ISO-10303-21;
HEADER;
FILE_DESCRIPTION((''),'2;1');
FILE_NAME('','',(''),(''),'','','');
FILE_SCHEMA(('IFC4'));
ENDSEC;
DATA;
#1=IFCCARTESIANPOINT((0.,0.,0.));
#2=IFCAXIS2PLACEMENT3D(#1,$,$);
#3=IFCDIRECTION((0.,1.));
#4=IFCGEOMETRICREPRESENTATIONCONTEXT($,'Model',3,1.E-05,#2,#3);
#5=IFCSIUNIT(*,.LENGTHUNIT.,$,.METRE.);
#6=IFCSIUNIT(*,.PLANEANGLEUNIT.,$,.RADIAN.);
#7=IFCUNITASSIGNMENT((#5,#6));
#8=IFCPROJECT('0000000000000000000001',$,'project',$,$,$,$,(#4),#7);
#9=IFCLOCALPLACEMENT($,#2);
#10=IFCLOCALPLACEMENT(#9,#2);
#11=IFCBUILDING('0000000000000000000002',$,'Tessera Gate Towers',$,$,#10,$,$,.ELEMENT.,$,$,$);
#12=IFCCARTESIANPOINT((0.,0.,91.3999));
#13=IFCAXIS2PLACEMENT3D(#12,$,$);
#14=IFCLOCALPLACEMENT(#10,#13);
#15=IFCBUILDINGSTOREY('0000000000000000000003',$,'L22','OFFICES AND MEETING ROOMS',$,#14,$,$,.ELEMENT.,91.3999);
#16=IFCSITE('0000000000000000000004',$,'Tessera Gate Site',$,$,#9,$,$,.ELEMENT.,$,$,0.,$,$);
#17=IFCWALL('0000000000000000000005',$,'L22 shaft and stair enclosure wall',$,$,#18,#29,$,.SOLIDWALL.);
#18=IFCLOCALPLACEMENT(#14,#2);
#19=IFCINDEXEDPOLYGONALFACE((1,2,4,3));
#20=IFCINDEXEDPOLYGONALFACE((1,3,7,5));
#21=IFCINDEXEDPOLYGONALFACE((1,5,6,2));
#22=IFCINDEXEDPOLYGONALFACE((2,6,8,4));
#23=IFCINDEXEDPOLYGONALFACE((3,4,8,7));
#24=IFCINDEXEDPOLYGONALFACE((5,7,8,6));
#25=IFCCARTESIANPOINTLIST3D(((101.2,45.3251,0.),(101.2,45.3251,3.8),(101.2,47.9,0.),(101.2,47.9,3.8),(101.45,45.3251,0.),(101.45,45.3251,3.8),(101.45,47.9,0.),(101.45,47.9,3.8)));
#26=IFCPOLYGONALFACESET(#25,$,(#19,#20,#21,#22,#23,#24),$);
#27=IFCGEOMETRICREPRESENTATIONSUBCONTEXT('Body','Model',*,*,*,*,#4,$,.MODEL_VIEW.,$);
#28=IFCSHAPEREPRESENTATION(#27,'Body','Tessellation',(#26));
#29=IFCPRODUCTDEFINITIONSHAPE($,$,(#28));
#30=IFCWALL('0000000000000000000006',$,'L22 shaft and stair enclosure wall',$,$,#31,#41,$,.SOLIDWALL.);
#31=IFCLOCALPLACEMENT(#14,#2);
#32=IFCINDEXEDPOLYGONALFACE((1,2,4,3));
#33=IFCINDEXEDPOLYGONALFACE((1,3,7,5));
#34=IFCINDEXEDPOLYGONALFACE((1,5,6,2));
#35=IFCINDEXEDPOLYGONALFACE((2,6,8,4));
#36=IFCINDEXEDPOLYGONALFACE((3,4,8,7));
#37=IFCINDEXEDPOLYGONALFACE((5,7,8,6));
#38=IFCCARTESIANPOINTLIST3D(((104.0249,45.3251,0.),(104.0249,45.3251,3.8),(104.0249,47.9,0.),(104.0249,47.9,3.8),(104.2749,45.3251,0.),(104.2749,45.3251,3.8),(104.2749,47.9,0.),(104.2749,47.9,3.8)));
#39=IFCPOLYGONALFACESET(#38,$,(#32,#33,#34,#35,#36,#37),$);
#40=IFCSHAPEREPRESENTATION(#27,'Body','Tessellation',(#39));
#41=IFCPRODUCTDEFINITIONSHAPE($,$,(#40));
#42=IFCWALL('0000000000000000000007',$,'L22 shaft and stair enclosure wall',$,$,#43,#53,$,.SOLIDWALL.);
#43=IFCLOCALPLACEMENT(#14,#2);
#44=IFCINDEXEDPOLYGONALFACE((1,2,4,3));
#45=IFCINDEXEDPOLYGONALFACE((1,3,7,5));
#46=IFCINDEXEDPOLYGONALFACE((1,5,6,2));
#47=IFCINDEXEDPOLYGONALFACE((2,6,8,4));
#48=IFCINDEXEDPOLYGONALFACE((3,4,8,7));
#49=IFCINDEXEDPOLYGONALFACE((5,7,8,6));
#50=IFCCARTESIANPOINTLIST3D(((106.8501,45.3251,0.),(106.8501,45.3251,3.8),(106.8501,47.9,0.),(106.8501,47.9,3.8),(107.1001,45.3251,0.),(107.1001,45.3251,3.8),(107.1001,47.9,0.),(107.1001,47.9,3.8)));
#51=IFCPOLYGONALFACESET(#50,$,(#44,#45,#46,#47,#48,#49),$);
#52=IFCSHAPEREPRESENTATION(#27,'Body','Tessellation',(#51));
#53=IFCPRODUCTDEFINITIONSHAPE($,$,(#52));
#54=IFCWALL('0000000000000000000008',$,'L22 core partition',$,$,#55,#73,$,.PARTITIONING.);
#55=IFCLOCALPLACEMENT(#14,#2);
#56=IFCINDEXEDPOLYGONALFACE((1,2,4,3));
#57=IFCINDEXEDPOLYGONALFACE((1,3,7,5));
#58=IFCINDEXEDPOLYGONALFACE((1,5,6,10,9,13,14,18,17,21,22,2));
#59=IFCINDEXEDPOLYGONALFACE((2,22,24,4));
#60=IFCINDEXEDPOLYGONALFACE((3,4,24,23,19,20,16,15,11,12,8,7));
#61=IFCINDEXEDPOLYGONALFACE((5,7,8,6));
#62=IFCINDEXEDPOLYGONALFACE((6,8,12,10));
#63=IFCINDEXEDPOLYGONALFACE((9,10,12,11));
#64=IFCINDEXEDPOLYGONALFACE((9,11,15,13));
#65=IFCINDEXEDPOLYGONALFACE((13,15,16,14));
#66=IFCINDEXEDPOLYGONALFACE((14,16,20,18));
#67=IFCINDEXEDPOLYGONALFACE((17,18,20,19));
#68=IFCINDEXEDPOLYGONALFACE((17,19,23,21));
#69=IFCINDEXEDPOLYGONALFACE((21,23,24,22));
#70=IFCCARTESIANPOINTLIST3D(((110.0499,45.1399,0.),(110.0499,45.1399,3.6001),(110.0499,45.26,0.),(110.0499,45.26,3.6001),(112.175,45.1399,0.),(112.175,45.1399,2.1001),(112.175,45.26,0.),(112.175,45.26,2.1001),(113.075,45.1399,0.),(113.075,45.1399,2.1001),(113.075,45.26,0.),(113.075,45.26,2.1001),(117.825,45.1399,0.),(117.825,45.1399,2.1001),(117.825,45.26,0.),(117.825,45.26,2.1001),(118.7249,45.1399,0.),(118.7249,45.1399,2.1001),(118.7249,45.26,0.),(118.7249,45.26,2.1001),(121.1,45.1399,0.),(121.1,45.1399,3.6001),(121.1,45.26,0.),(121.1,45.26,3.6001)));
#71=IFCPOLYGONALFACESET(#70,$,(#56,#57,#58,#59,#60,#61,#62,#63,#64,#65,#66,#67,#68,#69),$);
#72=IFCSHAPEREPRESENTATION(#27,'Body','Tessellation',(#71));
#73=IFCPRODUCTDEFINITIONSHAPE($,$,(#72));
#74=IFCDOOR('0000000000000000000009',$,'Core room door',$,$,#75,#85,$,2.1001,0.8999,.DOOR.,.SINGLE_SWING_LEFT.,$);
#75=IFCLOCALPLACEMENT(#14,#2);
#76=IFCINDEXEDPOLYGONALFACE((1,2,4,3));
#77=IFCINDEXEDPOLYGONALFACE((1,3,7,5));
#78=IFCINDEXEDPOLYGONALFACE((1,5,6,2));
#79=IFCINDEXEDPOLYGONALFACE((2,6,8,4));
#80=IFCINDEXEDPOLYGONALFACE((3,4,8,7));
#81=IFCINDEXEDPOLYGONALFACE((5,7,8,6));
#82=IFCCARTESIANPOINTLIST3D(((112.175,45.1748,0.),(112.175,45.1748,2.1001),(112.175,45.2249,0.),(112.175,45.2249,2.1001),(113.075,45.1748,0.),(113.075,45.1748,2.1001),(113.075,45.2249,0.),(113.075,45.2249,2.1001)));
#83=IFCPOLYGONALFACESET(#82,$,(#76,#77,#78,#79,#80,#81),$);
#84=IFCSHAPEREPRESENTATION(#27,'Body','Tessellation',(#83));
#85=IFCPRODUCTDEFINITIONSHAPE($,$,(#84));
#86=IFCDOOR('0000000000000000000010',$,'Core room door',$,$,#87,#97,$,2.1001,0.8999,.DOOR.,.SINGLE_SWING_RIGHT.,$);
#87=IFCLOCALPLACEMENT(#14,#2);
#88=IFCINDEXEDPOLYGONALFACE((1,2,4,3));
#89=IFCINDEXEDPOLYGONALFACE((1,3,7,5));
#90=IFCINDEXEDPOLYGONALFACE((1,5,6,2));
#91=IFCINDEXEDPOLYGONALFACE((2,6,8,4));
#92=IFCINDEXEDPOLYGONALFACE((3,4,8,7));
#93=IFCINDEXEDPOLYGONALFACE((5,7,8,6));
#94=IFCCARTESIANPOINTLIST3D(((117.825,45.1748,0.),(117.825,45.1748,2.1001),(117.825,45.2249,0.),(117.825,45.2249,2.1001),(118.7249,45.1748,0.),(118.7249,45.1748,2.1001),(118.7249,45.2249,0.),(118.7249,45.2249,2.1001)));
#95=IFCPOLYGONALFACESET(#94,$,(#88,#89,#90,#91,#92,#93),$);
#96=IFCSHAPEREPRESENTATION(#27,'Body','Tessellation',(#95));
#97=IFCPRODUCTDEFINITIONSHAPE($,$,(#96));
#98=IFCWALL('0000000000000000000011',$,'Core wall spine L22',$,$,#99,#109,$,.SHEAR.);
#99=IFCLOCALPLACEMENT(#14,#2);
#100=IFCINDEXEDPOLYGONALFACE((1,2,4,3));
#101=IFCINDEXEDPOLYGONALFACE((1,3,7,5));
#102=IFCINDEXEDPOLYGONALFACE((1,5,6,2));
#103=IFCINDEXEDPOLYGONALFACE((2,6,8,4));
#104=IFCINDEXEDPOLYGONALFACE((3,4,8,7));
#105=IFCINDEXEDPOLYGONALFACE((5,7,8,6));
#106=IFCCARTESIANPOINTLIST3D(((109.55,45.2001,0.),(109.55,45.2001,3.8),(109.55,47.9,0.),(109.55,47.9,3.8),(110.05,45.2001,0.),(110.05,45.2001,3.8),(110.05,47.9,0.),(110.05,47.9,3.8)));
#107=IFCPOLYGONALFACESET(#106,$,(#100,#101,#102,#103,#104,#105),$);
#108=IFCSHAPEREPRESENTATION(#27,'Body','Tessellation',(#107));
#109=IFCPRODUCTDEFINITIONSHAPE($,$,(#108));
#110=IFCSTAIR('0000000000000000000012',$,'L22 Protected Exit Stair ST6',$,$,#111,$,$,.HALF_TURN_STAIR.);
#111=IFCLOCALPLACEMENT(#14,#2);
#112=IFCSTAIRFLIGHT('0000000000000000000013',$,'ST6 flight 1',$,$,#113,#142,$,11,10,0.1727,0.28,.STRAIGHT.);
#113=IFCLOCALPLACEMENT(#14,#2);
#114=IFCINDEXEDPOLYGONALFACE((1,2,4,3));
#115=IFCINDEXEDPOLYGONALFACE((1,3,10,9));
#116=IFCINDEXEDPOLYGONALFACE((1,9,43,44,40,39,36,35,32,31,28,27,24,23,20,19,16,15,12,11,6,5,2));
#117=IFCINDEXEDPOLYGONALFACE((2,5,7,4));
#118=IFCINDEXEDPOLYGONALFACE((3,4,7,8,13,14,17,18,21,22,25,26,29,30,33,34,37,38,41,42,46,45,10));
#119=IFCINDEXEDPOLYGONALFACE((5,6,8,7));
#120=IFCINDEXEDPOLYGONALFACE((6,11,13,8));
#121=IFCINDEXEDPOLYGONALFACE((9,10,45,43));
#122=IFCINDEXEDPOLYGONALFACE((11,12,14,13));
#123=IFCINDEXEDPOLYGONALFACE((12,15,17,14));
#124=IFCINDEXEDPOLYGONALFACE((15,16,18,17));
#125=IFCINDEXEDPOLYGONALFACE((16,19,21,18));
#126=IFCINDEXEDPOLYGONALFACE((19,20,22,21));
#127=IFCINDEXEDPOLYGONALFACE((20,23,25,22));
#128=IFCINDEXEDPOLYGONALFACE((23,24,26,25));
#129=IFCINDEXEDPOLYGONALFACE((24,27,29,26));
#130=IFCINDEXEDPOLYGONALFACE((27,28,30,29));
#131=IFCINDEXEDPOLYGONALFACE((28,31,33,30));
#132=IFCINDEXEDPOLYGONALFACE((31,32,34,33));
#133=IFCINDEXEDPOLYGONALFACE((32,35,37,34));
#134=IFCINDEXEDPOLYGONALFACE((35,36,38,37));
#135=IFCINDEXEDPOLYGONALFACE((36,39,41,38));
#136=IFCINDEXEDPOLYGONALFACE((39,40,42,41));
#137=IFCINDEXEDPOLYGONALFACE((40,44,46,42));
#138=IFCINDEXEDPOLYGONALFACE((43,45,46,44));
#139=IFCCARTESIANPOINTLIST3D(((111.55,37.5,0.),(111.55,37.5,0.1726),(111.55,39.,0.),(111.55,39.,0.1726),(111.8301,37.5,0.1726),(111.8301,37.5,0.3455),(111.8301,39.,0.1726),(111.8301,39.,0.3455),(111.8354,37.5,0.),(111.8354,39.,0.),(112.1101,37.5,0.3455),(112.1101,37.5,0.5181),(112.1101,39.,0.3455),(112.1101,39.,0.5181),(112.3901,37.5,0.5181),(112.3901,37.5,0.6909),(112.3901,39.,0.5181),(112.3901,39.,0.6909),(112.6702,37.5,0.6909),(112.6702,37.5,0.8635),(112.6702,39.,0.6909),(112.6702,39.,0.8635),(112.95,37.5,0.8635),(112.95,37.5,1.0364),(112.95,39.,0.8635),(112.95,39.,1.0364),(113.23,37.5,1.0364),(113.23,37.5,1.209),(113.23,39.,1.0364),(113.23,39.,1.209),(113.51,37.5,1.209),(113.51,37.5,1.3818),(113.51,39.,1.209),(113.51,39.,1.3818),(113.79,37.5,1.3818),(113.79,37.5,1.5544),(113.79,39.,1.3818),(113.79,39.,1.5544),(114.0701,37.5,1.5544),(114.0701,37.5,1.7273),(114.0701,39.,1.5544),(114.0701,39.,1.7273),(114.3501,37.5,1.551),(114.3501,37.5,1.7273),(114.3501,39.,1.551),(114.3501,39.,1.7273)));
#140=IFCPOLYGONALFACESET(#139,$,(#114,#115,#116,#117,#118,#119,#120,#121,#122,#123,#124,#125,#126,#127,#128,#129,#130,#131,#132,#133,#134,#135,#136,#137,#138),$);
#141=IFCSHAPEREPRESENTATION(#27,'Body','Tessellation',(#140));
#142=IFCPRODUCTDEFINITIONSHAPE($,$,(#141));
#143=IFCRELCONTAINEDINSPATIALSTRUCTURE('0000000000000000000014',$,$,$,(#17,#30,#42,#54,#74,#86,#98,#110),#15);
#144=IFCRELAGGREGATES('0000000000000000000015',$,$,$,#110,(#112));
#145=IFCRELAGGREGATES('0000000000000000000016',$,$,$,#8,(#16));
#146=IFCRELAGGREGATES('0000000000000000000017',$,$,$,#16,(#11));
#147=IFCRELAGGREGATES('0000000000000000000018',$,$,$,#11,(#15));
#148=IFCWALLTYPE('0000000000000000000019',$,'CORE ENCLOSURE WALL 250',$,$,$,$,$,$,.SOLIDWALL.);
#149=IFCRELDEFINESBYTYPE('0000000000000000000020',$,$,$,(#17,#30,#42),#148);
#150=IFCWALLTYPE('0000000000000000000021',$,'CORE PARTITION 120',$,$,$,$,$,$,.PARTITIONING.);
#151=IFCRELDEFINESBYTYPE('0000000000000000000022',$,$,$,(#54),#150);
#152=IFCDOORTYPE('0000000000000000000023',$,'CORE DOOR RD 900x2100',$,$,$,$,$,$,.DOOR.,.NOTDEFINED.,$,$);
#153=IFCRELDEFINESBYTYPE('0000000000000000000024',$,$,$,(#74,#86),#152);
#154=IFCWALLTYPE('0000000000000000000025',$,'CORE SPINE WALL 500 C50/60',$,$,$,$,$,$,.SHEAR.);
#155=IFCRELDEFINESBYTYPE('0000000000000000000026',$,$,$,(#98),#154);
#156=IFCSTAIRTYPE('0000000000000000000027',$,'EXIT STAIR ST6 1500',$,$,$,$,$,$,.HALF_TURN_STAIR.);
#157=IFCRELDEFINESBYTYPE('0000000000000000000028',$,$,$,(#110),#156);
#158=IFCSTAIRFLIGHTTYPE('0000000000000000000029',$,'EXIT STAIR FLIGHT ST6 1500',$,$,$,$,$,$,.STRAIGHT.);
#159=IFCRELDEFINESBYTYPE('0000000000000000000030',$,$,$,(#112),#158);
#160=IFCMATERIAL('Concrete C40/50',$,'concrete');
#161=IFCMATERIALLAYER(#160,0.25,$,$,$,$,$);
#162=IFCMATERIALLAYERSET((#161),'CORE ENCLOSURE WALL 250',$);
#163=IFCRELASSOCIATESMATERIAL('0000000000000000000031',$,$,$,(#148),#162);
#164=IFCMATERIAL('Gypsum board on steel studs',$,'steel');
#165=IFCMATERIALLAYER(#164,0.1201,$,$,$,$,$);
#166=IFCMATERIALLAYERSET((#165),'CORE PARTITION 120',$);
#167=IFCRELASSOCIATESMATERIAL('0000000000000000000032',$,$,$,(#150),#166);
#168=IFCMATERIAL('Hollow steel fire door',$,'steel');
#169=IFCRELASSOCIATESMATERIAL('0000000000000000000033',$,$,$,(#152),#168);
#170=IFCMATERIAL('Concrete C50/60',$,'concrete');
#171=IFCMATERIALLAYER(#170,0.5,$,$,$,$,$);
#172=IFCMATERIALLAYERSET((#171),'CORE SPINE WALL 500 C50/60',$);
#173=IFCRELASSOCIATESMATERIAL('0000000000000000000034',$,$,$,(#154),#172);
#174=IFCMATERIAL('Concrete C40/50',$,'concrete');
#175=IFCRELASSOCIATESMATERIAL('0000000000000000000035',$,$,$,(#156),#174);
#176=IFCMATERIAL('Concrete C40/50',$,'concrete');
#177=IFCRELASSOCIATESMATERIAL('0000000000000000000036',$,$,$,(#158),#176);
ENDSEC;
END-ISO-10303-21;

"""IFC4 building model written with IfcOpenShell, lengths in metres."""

from ifc_helpers import new_model, si_unit, direction, frame, frame_2d, origin, place, context, subcontext, project, spatial, polyline, rectangle, outline, extrude, source, transform, mapped, material, layer, layer_set, type_object, element, fill, aggregate, save


model = new_model("IFC4")

# Units and contexts
model_context = context("Model", 3, precision=1e-05, world=origin(), true_north=direction((0.0, 1.0)))
body_context = subcontext(model_context, "Body", "Model", "MODEL_VIEW")
ifc_project = project(units=[si_unit("LENGTHUNIT", "METRE"), si_unit("PLANEANGLEUNIT", "RADIAN")], contexts=[model_context])

# Site, building, storey
site_placement = place(None, origin())
site = spatial("IfcSite", under=ifc_project, at=site_placement, Name="Tessera Gate Site", CompositionType="ELEMENT", RefElevation=0.0)
building_placement = place(site_placement, origin())
building = spatial("IfcBuilding", under=site, at=building_placement, Name="Tessera Gate Towers", CompositionType="ELEMENT")
storey_placement = place(building_placement, frame((0.0, 0.0, 91.3999)))
storey = spatial("IfcBuildingStorey", under=building, at=storey_placement, Name="L22", Description="OFFICES AND MEETING ROOMS", CompositionType="ELEMENT", Elevation=91.3999)

# Shared definitions
ifc_material_1 = material(Name="Concrete C40/50", Category="concrete")
ifc_layer_1 = layer(ifc_material_1, 0.25)
ifc_layer_set_1 = layer_set([ifc_layer_1], Name="CORE ENCLOSURE WALL 250")
wall_type_1 = type_object("IfcWallType", Name="CORE ENCLOSURE WALL 250", PredefinedType="SOLIDWALL", material=ifc_layer_set_1)

# Walls
for number, where, z_axis, x_axis, name in (
    (1, (101.325, 45.325, 0.0), (0.0, 0.0, 1.0), (0.0, 1.0, 0.0), "L22 shaft and stair enclosure wall"),
    (2, (104.1499, 45.325, 0.0), (0.0, 0.0, 1.0), (0.0, 1.0, 0.0), "L22 shaft and stair enclosure wall"),
    (3, (106.9751, 45.325, 0.0), (0.0, 0.0, 1.0), (0.0, 1.0, 0.0), "L22 shaft and stair enclosure wall"),
):
    element("IfcWall", number, at=place(storey_placement, frame(where, z_axis=z_axis, x_axis=x_axis)), inside=storey, type_object=wall_type_1, Name=name, PredefinedType="SOLIDWALL", context=body_context, shape_type="SweptSolid", body=[
        extrude(rectangle(XDim=2.575, YDim=0.25, at=frame_2d((1.2876, 0.0))), origin(), (0.0, 0.0, 1.0), 3.8),
    ])

# Wall, openings, doors
ifc_material_2 = material(Name="Gypsum board on steel studs", Category="steel")
ifc_layer_2 = layer(ifc_material_2, 0.1201)
ifc_layer_set_2 = layer_set([ifc_layer_2], Name="CORE PARTITION 120")
wall_type_2 = type_object("IfcWallType", Name="CORE PARTITION 120", PredefinedType="PARTITIONING", material=ifc_layer_set_2)
wall_1_placement = place(storey_placement, frame((110.05, 45.2, 0.0), z_axis=(0.0, 0.0, 1.0), x_axis=(1.0, 0.0, 0.0)))
wall_1 = element("IfcWall", 4, at=wall_1_placement, inside=storey, type_object=wall_type_2, Name="L22 core partition", PredefinedType="PARTITIONING", context=body_context, shape_type="SweptSolid", body=[
    extrude(rectangle(XDim=11.05, YDim=0.1201, at=frame_2d((5.5249, 0.0))), origin(), (0.0, 0.0, 1.0), 3.6001),
])
shared_shape_1 = source(origin(), body_context, "Body", "SweptSolid", [
    extrude(rectangle(XDim=0.8999, YDim=2.1001, at=frame_2d((0.45, 1.05))), frame((0.0, 0.0701, 0.0), z_axis=(0.0, -1.0, 0.0), x_axis=(1.0, 0.0, 0.0)), (0.0, 0.0, 1.0), 0.1401),
])
opening_1_placement = place(wall_1_placement, frame((2.125, 0.0, 0.0)))
opening_1 = element("IfcOpeningElement", 5, at=opening_1_placement, cuts=wall_1, PredefinedType="OPENING", context=body_context, shape_type="MappedRepresentation", body=[
    mapped(shared_shape_1, transform((0.0, 0.0, 0.0), scale=1.0)),
])
opening_2_placement = place(wall_1_placement, frame((7.7749, 0.0, 0.0)))
opening_2 = element("IfcOpeningElement", 6, at=opening_2_placement, cuts=wall_1, PredefinedType="OPENING", context=body_context, shape_type="MappedRepresentation", body=[
    mapped(shared_shape_1, transform((0.0, 0.0, 0.0), scale=1.0)),
])
ifc_material_3 = material(Name="Hollow steel fire door", Category="steel")
door_type_1 = type_object("IfcDoorType", Name="CORE DOOR RD 900x2100", OperationType="NOTDEFINED", PredefinedType="DOOR", material=ifc_material_3)
shared_shape_2 = source(origin(), body_context, "Body", "SweptSolid", [
    extrude(rectangle(XDim=0.8999, YDim=2.1001, at=frame_2d((0.45, 1.05))), frame((0.0, 0.0249, 0.0), z_axis=(0.0, -1.0, 0.0), x_axis=(1.0, 0.0, 0.0)), (0.0, 0.0, 1.0), 0.05),
])
door_1_placement = place(opening_1_placement, origin())
door_1 = element("IfcDoor", 7, at=door_1_placement, inside=storey, type_object=door_type_1, Name="Core room door", OperationType="SINGLE_SWING_LEFT", OverallHeight=2.1001, OverallWidth=0.8999, PredefinedType="DOOR", context=body_context, shape_type="MappedRepresentation", body=[
    mapped(shared_shape_2, transform((0.0, 0.0, 0.0), scale=1.0)),
])
fill(opening_1, door_1)
door_2_placement = place(opening_2_placement, origin())
door_2 = element("IfcDoor", 8, at=door_2_placement, inside=storey, type_object=door_type_1, Name="Core room door", OperationType="SINGLE_SWING_RIGHT", OverallHeight=2.1001, OverallWidth=0.8999, PredefinedType="DOOR", context=body_context, shape_type="MappedRepresentation", body=[
    mapped(shared_shape_2, transform((0.0, 0.0, 0.0), scale=1.0)),
])
fill(opening_2, door_2)

# Wall
ifc_material_4 = material(Name="Concrete C50/60", Category="concrete")
ifc_layer_3 = layer(ifc_material_4, 0.5)
ifc_layer_set_3 = layer_set([ifc_layer_3], Name="CORE SPINE WALL 500 C50/60")
wall_type_3 = type_object("IfcWallType", Name="CORE SPINE WALL 500 C50/60", PredefinedType="SHEAR", material=ifc_layer_set_3)
wall_2_placement = place(storey_placement, frame((109.8, 45.2, 0.0), z_axis=(0.0, 0.0, 1.0), x_axis=(0.0, 1.0, 0.0)))
element("IfcWall", 9, at=wall_2_placement, inside=storey, type_object=wall_type_3, Name="Core wall spine L22", PredefinedType="SHEAR", context=body_context, shape_type="SweptSolid", body=[
    extrude(rectangle(XDim=2.7, YDim=0.5, at=frame_2d((1.3501, 0.0))), origin(), (0.0, 0.0, 1.0), 3.8),
])

# Stair, stair flight
ifc_material_5 = material(Name="Concrete C40/50", Category="concrete")
stair_type = type_object("IfcStairType", Name="EXIT STAIR ST6 1500", PredefinedType="HALF_TURN_STAIR", material=ifc_material_5)
stair_placement = place(storey_placement, origin())
stair = element("IfcStair", 10, at=stair_placement, inside=storey, type_object=stair_type, Name="L22 Protected Exit Stair ST6", PredefinedType="HALF_TURN_STAIR")
ifc_material_6 = material(Name="Concrete C40/50", Category="concrete")
stair_flight_type = type_object("IfcStairFlightType", Name="EXIT STAIR FLIGHT ST6 1500", PredefinedType="STRAIGHT", material=ifc_material_6)
stair_flight_placement = place(storey_placement, frame((111.55, 38.25, 0.0), z_axis=(0.0, 0.0, 1.0), x_axis=(1.0, 0.0, 0.0)))
stair_flight = element("IfcStairFlight", 11, at=stair_flight_placement, type_object=stair_flight_type, Name="ST6 flight 1", NumberOfRisers=11, NumberOfTreads=10, PredefinedType="STRAIGHT", RiserHeight=0.1727, TreadLength=0.28, context=body_context, shape_type="SweptSolid", body=[
    extrude(outline(polyline([(0.0, 0.0), (0.0, 0.1726), (0.28, 0.1726), (0.28, 0.3455), (0.5601, 0.3455), (0.5601, 0.5181), (0.8401, 0.5181), (0.8401, 0.6909), (1.1201, 0.6909), (1.1201, 0.8635), (1.3999, 0.8635), (1.3999, 1.0364), (1.6799, 1.0364), (1.6799, 1.209), (1.96, 1.209), (1.96, 1.3818), (2.24, 1.3818), (2.24, 1.5544), (2.52, 1.5544), (2.52, 1.7273), (2.8, 1.7273), (2.8, 1.8999), (2.8, 1.551), (0.2854, 0.0), (0.0, 0.0)])), frame((0.0, 0.75, 0.0), z_axis=(0.0, -1.0, 0.0), x_axis=(1.0, 0.0, 0.0)), (0.0, 0.0, 1.0), 1.5),
])
aggregate(stair, [stair_flight])

save(model, "model.ifc")
